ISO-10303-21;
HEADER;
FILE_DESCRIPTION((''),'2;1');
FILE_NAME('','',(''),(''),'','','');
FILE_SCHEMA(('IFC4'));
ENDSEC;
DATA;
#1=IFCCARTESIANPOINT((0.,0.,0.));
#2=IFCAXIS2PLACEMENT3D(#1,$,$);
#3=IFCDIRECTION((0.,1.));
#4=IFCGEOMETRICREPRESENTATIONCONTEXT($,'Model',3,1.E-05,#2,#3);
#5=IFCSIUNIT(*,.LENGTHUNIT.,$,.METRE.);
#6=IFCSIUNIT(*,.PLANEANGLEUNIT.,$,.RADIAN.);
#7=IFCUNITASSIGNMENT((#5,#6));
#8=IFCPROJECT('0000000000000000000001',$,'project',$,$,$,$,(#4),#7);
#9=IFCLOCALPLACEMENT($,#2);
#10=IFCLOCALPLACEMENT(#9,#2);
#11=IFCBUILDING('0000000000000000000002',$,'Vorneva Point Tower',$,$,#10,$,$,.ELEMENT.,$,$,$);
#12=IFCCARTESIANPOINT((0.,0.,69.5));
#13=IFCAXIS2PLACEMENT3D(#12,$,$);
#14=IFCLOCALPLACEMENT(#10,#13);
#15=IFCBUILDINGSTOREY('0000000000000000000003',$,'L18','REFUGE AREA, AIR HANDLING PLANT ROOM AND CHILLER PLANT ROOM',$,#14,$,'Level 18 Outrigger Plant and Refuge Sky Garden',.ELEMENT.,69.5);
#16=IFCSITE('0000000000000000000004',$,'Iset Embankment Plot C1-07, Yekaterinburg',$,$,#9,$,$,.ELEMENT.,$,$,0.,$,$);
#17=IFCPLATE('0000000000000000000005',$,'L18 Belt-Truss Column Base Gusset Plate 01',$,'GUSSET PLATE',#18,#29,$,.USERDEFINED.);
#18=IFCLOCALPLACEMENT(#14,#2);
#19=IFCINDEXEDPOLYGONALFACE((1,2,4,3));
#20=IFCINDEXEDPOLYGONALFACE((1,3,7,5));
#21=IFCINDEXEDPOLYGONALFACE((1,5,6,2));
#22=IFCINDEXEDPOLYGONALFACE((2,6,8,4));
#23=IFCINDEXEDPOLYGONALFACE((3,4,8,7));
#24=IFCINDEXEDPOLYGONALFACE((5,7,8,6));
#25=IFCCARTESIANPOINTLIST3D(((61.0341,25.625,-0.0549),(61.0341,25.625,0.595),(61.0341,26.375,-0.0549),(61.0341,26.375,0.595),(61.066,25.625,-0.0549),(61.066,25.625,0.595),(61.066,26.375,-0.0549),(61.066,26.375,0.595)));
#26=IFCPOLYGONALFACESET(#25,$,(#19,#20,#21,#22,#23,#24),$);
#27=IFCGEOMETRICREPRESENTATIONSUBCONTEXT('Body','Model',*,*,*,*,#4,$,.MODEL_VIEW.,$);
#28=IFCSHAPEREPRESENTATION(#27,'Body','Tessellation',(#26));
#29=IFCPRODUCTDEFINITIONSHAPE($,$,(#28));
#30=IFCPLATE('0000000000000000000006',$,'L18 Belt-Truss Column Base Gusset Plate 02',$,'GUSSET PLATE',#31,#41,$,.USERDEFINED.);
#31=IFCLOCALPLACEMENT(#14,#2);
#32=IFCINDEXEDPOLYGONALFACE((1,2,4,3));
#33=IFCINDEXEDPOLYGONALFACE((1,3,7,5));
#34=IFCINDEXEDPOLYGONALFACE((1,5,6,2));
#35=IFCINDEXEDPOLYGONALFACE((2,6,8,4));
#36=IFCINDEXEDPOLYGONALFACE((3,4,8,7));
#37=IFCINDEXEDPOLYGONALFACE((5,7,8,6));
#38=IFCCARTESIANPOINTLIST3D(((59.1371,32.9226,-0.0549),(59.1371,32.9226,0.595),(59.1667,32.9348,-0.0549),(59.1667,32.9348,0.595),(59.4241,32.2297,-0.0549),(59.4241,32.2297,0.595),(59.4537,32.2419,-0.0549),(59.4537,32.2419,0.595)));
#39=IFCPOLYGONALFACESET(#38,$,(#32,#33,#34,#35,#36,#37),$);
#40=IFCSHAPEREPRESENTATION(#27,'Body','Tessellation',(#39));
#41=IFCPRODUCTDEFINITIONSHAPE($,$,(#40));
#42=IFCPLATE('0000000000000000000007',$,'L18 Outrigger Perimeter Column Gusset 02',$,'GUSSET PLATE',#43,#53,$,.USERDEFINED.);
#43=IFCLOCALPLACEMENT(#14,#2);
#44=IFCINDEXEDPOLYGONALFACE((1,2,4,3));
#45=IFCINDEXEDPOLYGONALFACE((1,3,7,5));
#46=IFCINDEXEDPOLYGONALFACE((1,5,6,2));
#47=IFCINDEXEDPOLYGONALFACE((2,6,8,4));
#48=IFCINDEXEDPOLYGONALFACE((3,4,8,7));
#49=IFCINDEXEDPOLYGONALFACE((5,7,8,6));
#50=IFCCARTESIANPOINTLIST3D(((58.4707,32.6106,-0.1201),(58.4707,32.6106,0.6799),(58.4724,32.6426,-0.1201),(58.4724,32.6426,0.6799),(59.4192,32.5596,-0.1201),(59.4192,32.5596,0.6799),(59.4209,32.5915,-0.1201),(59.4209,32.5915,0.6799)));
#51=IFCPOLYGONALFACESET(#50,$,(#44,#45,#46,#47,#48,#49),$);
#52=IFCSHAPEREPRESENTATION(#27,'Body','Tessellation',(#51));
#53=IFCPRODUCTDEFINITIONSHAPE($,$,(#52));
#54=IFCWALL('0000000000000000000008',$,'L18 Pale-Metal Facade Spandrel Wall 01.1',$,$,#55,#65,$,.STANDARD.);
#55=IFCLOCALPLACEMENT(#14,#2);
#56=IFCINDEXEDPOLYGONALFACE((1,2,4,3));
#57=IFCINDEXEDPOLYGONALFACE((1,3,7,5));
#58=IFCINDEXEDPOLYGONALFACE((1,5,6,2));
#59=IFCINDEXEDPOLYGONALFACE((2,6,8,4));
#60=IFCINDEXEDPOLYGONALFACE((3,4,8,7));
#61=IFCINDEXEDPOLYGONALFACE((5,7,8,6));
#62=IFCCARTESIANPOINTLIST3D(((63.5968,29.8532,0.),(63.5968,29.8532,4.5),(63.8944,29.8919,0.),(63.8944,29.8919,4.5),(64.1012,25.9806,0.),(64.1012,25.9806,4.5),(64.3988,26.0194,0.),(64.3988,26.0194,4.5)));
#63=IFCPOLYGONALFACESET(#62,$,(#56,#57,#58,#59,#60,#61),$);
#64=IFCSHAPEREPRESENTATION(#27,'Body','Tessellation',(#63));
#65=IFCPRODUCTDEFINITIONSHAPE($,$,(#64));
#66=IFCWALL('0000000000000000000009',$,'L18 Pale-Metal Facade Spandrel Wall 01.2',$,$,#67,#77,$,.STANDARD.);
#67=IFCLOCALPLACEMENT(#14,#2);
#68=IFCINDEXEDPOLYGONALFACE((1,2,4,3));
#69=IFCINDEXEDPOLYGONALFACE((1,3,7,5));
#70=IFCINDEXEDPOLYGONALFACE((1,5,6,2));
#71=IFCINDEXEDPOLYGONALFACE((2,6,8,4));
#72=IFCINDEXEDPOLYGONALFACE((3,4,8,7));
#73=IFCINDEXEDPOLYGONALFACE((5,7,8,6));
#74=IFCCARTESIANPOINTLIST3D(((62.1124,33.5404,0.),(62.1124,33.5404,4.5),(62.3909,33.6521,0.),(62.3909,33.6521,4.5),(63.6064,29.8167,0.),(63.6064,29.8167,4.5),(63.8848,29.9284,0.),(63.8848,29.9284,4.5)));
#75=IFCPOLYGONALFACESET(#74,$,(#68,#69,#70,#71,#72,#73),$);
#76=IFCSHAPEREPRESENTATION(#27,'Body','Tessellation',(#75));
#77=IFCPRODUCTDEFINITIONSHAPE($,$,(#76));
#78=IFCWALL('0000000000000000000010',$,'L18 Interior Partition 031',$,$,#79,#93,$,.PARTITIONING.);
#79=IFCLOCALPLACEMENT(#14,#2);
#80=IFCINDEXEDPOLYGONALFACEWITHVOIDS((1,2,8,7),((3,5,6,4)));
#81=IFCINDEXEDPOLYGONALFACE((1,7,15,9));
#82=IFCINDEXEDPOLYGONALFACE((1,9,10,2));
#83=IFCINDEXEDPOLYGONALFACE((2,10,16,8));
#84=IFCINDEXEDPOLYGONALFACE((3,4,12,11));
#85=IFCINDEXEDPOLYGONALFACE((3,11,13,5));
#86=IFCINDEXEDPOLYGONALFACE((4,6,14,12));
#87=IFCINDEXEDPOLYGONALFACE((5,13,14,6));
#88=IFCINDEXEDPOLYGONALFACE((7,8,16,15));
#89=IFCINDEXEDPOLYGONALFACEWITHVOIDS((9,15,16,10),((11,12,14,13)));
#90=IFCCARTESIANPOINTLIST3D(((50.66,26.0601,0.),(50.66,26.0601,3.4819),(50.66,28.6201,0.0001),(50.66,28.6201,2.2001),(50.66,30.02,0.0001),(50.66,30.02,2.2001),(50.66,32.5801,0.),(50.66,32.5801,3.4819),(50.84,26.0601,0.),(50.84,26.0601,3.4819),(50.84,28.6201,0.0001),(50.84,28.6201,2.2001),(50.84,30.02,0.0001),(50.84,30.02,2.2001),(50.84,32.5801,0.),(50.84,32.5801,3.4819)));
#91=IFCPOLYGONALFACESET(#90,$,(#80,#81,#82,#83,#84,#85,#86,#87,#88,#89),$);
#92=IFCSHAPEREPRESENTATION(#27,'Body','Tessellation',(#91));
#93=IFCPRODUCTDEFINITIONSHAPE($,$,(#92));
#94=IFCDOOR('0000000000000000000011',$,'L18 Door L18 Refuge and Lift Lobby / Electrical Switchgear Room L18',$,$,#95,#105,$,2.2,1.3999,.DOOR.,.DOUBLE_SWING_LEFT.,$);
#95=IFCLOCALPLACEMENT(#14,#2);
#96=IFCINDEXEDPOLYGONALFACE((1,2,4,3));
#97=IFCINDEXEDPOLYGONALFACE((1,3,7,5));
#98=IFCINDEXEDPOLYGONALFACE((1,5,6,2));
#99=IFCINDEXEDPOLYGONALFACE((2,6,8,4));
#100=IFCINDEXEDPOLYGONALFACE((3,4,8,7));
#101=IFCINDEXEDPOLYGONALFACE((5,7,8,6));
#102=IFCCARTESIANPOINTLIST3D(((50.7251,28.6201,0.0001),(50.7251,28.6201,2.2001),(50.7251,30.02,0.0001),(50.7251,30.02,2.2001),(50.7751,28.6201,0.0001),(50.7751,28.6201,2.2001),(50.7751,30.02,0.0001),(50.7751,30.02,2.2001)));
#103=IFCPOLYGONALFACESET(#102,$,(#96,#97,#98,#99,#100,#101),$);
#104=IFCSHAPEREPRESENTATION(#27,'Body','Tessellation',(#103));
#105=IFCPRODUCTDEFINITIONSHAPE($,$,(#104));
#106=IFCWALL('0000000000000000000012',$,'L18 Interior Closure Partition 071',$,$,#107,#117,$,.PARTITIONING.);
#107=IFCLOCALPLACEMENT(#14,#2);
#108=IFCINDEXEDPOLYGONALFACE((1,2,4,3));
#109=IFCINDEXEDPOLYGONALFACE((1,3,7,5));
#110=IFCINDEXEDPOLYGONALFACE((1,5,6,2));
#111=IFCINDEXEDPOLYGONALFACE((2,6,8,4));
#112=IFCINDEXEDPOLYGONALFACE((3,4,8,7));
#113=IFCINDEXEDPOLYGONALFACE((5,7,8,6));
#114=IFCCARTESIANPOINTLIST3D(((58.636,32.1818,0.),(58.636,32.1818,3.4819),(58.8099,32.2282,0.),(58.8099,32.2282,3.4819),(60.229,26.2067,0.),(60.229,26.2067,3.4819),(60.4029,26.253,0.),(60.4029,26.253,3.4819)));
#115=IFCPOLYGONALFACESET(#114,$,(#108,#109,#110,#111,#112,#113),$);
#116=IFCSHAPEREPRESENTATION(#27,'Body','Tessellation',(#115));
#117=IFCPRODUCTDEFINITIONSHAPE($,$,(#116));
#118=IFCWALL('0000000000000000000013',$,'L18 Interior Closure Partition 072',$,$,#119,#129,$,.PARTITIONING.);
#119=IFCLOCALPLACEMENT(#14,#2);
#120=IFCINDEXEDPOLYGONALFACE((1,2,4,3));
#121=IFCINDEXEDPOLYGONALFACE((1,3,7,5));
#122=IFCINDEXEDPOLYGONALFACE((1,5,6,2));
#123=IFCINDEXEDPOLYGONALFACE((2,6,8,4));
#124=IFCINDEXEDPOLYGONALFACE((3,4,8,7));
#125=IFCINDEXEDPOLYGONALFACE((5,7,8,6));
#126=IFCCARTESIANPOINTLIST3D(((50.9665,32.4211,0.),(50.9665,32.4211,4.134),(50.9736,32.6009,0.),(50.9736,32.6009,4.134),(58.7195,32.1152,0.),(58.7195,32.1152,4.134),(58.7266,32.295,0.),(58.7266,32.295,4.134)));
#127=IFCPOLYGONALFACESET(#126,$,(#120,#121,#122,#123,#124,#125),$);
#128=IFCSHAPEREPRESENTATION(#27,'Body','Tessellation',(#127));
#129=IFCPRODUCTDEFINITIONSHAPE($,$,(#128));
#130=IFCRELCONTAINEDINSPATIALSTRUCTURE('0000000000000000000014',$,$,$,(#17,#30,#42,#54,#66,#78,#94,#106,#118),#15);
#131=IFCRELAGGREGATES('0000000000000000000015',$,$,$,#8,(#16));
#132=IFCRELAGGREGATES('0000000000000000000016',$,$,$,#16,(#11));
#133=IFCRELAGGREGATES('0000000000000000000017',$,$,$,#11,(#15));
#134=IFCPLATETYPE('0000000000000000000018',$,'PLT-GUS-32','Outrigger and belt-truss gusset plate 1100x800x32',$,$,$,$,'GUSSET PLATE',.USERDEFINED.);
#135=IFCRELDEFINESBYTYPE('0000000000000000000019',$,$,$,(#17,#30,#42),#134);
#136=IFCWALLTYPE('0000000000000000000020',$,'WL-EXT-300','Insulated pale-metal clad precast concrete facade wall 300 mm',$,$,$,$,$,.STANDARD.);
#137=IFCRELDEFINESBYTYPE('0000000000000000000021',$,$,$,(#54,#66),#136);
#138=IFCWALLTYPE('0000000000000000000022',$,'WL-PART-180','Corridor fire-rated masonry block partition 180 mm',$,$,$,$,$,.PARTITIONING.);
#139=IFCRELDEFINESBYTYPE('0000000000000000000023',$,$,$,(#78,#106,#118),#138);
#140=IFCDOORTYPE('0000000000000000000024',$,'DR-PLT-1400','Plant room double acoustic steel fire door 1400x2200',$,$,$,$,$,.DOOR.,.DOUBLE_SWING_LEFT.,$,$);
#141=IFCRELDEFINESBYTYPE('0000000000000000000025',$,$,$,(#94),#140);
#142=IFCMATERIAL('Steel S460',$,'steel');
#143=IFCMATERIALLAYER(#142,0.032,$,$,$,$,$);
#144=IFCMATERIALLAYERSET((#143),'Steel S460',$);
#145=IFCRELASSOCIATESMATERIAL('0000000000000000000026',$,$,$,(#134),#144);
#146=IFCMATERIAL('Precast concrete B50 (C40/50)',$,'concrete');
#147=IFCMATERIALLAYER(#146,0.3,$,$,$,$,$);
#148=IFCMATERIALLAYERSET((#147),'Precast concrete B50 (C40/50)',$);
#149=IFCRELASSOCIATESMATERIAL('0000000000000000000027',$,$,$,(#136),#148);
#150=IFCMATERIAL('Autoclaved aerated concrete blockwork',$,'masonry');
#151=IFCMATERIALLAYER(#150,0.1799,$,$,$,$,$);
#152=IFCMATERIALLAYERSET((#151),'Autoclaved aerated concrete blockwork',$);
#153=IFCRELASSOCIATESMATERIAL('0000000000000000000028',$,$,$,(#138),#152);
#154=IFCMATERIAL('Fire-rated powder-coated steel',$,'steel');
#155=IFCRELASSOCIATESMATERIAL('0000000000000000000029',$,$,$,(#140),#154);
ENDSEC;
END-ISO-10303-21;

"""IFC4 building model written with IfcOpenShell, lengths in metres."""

from ifc_helpers import new_model, si_unit, direction, frame, frame_2d, origin, origin_2d, place, context, subcontext, project, spatial, rectangle, extrude, material, layer, layer_set, type_object, element, fill, save


model = new_model("IFC4")

# Units and contexts
model_context = context("Model", 3, precision=1e-05, world=origin(), true_north=direction((0.0, 1.0)))
body_context = subcontext(model_context, "Body", "Model", "MODEL_VIEW")
ifc_project = project(units=[si_unit("LENGTHUNIT", "METRE"), si_unit("PLANEANGLEUNIT", "RADIAN")], contexts=[model_context])

# Site, building, storey
site_placement = place(None, origin())
site = spatial("IfcSite", under=ifc_project, at=site_placement, Name="Iset Embankment Plot C1-07, Yekaterinburg", CompositionType="ELEMENT", RefElevation=0.0)
building_placement = place(site_placement, origin())
building = spatial("IfcBuilding", under=site, at=building_placement, Name="Vorneva Point Tower", CompositionType="ELEMENT")
storey_placement = place(building_placement, frame((0.0, 0.0, 69.5)))
storey = spatial("IfcBuildingStorey", under=building, at=storey_placement, Name="L18", Description="REFUGE AREA, AIR HANDLING PLANT ROOM AND CHILLER PLANT ROOM", LongName="Level 18 Outrigger Plant and Refuge Sky Garden", CompositionType="ELEMENT", Elevation=69.5)

# Shared definitions
ifc_material_1 = material(Name="Steel S460", Category="steel")

# Plates
ifc_layer_1 = layer(ifc_material_1, 0.032)
ifc_layer_set_1 = layer_set([ifc_layer_1], Name="Steel S460")
plate_type_1 = type_object("IfcPlateType", Name="PLT-GUS-32", Description="Outrigger and belt-truss gusset plate 1100x800x32", ElementType="GUSSET PLATE", PredefinedType="USERDEFINED", material=ifc_layer_set_1)
for number, where, z_axis, x_axis, name in (
    (1, (61.05, 26.0, -0.0549), (0.0, 0.0, 1.0), (0.0, 1.0, 0.0), "L18 Belt-Truss Column Base Gusset Plate 01"),
    (2, (59.2954, 32.5823, -0.0549), (0.0, 0.0, 1.0), (-0.382683, 0.92388, 0.0), "L18 Belt-Truss Column Base Gusset Plate 02"),
):
    element("IfcPlate", number, at=place(storey_placement, frame(where, z_axis=z_axis, x_axis=x_axis)), inside=storey, type_object=plate_type_1, Name=name, ObjectType="GUSSET PLATE", PredefinedType="USERDEFINED", context=body_context, shape_type="SweptSolid", body=[
        extrude(rectangle(XDim=0.75, YDim=0.032, at=origin_2d()), origin(), (0.0, 0.0, 1.0), 0.6499),
    ])
plate_1_placement = place(storey_placement, frame((58.9458, 32.6011, -0.1201), z_axis=(0.0, 0.0, 1.0), x_axis=(0.998554, -0.053765, 0.0)))
element("IfcPlate", 3, at=plate_1_placement, inside=storey, type_object=plate_type_1, Name="L18 Outrigger Perimeter Column Gusset 02", ObjectType="GUSSET PLATE", PredefinedType="USERDEFINED", context=body_context, shape_type="SweptSolid", body=[
    extrude(rectangle(XDim=0.95, YDim=0.032, at=origin_2d()), origin(), (0.0, 0.0, 1.0), 0.8),
])

# Walls
ifc_material_2 = material(Name="Precast concrete B50 (C40/50)", Category="concrete")
ifc_layer_2 = layer(ifc_material_2, 0.3)
ifc_layer_set_2 = layer_set([ifc_layer_2], Name="Precast concrete B50 (C40/50)")
wall_type_1 = type_object("IfcWallType", Name="WL-EXT-300", Description="Insulated pale-metal clad precast concrete facade wall 300 mm", PredefinedType="STANDARD", material=ifc_layer_set_2)
wall_1_placement = place(storey_placement, frame((64.25, 26.0, 0.0), z_axis=(0.0, 0.0, 1.0), x_axis=(-0.129157, 0.991624, 0.0)))
element("IfcWall", 4, at=wall_1_placement, inside=storey, type_object=wall_type_1, Name="L18 Pale-Metal Facade Spandrel Wall 01.1", PredefinedType="STANDARD", context=body_context, shape_type="SweptSolid", body=[
    extrude(rectangle(XDim=3.9053, YDim=0.3, at=frame_2d((1.9526, 0.0))), origin(), (0.0, 0.0, 1.0), 4.5),
])
wall_2_placement = place(storey_placement, frame((63.7456, 29.8726, 0.0), z_axis=(0.0, 0.0, 1.0), x_axis=(-0.372345, 0.928094, 0.0)))
element("IfcWall", 5, at=wall_2_placement, inside=storey, type_object=wall_type_1, Name="L18 Pale-Metal Facade Spandrel Wall 01.2", PredefinedType="STANDARD", context=body_context, shape_type="SweptSolid", body=[
    extrude(rectangle(XDim=4.0122, YDim=0.3, at=frame_2d((2.0061, 0.0))), origin(), (0.0, 0.0, 1.0), 4.5),
])

# Wall, opening, door
ifc_material_3 = material(Name="Autoclaved aerated concrete blockwork", Category="masonry")
ifc_layer_3 = layer(ifc_material_3, 0.1799)
ifc_layer_set_3 = layer_set([ifc_layer_3], Name="Autoclaved aerated concrete blockwork")
wall_type_2 = type_object("IfcWallType", Name="WL-PART-180", Description="Corridor fire-rated masonry block partition 180 mm", PredefinedType="PARTITIONING", material=ifc_layer_set_3)
wall_3_placement = place(storey_placement, frame((50.75, 26.0601, 0.0), z_axis=(0.0, 0.0, 1.0), x_axis=(0.0, 1.0, 0.0)))
wall_3 = element("IfcWall", 6, at=wall_3_placement, inside=storey, type_object=wall_type_2, Name="L18 Interior Partition 031", PredefinedType="PARTITIONING", context=body_context, shape_type="SweptSolid", body=[
    extrude(rectangle(XDim=6.52, YDim=0.1799, at=frame_2d((3.26, 0.0))), origin(), (0.0, 0.0, 1.0), 3.4819),
])
opening_placement = place(wall_3_placement, frame((2.5601, 0.0, 0.0)))
opening = element("IfcOpeningElement", 7, at=opening_placement, cuts=wall_3, PredefinedType="OPENING", context=body_context, shape_type="SweptSolid", body=[
    extrude(rectangle(XDim=1.3999, YDim=2.2, at=frame_2d((0.7, 1.1001))), frame((0.0, 0.105, 0.0), z_axis=(0.0, -1.0, 0.0), x_axis=(1.0, 0.0, 0.0)), (0.0, 0.0, 1.0), 0.2097),
])
ifc_material_4 = material(Name="Fire-rated powder-coated steel", Category="steel")
door_type = type_object("IfcDoorType", Name="DR-PLT-1400", Description="Plant room double acoustic steel fire door 1400x2200", OperationType="DOUBLE_SWING_LEFT", PredefinedType="DOOR", material=ifc_material_4)
door_placement = place(opening_placement, origin())
door = element("IfcDoor", 8, at=door_placement, inside=storey, type_object=door_type, Name="L18 Door L18 Refuge and Lift Lobby / Electrical Switchgear Room L18", OperationType="DOUBLE_SWING_LEFT", OverallHeight=2.2, OverallWidth=1.3999, PredefinedType="DOOR", context=body_context, shape_type="SweptSolid", body=[
    extrude(rectangle(XDim=1.3999, YDim=2.2, at=frame_2d((0.7, 1.1001))), frame((0.0, 0.0249, 0.0), z_axis=(0.0, -1.0, 0.0), x_axis=(1.0, 0.0, 0.0)), (0.0, 0.0, 1.0), 0.05),
])
fill(opening, door)

# Walls
wall_4_placement = place(storey_placement, frame((60.3159, 26.23, 0.0), z_axis=(0.0, 0.0, 1.0), x_axis=(-0.257611, 0.966249, 0.0)))
element("IfcWall", 9, at=wall_4_placement, inside=storey, type_object=wall_type_2, Name="L18 Interior Closure Partition 071", PredefinedType="PARTITIONING", context=body_context, shape_type="SweptSolid", body=[
    extrude(rectangle(XDim=6.1838, YDim=0.1799, at=frame_2d((3.0918, 0.0))), origin(), (0.0, 0.0, 1.0), 3.4819),
])
wall_5_placement = place(storey_placement, frame((58.7229, 32.2051, 0.0), z_axis=(0.0, 0.0, 1.0), x_axis=(-0.999222, 0.039426, 0.0)))
element("IfcWall", 10, at=wall_5_placement, inside=storey, type_object=wall_type_2, Name="L18 Interior Closure Partition 072", PredefinedType="PARTITIONING", context=body_context, shape_type="SweptSolid", body=[
    extrude(rectangle(XDim=7.759, YDim=0.1799, at=frame_2d((3.8794, 0.0))), origin(), (0.0, 0.0, 1.0), 4.134),
])

save(model, "model.ifc")
